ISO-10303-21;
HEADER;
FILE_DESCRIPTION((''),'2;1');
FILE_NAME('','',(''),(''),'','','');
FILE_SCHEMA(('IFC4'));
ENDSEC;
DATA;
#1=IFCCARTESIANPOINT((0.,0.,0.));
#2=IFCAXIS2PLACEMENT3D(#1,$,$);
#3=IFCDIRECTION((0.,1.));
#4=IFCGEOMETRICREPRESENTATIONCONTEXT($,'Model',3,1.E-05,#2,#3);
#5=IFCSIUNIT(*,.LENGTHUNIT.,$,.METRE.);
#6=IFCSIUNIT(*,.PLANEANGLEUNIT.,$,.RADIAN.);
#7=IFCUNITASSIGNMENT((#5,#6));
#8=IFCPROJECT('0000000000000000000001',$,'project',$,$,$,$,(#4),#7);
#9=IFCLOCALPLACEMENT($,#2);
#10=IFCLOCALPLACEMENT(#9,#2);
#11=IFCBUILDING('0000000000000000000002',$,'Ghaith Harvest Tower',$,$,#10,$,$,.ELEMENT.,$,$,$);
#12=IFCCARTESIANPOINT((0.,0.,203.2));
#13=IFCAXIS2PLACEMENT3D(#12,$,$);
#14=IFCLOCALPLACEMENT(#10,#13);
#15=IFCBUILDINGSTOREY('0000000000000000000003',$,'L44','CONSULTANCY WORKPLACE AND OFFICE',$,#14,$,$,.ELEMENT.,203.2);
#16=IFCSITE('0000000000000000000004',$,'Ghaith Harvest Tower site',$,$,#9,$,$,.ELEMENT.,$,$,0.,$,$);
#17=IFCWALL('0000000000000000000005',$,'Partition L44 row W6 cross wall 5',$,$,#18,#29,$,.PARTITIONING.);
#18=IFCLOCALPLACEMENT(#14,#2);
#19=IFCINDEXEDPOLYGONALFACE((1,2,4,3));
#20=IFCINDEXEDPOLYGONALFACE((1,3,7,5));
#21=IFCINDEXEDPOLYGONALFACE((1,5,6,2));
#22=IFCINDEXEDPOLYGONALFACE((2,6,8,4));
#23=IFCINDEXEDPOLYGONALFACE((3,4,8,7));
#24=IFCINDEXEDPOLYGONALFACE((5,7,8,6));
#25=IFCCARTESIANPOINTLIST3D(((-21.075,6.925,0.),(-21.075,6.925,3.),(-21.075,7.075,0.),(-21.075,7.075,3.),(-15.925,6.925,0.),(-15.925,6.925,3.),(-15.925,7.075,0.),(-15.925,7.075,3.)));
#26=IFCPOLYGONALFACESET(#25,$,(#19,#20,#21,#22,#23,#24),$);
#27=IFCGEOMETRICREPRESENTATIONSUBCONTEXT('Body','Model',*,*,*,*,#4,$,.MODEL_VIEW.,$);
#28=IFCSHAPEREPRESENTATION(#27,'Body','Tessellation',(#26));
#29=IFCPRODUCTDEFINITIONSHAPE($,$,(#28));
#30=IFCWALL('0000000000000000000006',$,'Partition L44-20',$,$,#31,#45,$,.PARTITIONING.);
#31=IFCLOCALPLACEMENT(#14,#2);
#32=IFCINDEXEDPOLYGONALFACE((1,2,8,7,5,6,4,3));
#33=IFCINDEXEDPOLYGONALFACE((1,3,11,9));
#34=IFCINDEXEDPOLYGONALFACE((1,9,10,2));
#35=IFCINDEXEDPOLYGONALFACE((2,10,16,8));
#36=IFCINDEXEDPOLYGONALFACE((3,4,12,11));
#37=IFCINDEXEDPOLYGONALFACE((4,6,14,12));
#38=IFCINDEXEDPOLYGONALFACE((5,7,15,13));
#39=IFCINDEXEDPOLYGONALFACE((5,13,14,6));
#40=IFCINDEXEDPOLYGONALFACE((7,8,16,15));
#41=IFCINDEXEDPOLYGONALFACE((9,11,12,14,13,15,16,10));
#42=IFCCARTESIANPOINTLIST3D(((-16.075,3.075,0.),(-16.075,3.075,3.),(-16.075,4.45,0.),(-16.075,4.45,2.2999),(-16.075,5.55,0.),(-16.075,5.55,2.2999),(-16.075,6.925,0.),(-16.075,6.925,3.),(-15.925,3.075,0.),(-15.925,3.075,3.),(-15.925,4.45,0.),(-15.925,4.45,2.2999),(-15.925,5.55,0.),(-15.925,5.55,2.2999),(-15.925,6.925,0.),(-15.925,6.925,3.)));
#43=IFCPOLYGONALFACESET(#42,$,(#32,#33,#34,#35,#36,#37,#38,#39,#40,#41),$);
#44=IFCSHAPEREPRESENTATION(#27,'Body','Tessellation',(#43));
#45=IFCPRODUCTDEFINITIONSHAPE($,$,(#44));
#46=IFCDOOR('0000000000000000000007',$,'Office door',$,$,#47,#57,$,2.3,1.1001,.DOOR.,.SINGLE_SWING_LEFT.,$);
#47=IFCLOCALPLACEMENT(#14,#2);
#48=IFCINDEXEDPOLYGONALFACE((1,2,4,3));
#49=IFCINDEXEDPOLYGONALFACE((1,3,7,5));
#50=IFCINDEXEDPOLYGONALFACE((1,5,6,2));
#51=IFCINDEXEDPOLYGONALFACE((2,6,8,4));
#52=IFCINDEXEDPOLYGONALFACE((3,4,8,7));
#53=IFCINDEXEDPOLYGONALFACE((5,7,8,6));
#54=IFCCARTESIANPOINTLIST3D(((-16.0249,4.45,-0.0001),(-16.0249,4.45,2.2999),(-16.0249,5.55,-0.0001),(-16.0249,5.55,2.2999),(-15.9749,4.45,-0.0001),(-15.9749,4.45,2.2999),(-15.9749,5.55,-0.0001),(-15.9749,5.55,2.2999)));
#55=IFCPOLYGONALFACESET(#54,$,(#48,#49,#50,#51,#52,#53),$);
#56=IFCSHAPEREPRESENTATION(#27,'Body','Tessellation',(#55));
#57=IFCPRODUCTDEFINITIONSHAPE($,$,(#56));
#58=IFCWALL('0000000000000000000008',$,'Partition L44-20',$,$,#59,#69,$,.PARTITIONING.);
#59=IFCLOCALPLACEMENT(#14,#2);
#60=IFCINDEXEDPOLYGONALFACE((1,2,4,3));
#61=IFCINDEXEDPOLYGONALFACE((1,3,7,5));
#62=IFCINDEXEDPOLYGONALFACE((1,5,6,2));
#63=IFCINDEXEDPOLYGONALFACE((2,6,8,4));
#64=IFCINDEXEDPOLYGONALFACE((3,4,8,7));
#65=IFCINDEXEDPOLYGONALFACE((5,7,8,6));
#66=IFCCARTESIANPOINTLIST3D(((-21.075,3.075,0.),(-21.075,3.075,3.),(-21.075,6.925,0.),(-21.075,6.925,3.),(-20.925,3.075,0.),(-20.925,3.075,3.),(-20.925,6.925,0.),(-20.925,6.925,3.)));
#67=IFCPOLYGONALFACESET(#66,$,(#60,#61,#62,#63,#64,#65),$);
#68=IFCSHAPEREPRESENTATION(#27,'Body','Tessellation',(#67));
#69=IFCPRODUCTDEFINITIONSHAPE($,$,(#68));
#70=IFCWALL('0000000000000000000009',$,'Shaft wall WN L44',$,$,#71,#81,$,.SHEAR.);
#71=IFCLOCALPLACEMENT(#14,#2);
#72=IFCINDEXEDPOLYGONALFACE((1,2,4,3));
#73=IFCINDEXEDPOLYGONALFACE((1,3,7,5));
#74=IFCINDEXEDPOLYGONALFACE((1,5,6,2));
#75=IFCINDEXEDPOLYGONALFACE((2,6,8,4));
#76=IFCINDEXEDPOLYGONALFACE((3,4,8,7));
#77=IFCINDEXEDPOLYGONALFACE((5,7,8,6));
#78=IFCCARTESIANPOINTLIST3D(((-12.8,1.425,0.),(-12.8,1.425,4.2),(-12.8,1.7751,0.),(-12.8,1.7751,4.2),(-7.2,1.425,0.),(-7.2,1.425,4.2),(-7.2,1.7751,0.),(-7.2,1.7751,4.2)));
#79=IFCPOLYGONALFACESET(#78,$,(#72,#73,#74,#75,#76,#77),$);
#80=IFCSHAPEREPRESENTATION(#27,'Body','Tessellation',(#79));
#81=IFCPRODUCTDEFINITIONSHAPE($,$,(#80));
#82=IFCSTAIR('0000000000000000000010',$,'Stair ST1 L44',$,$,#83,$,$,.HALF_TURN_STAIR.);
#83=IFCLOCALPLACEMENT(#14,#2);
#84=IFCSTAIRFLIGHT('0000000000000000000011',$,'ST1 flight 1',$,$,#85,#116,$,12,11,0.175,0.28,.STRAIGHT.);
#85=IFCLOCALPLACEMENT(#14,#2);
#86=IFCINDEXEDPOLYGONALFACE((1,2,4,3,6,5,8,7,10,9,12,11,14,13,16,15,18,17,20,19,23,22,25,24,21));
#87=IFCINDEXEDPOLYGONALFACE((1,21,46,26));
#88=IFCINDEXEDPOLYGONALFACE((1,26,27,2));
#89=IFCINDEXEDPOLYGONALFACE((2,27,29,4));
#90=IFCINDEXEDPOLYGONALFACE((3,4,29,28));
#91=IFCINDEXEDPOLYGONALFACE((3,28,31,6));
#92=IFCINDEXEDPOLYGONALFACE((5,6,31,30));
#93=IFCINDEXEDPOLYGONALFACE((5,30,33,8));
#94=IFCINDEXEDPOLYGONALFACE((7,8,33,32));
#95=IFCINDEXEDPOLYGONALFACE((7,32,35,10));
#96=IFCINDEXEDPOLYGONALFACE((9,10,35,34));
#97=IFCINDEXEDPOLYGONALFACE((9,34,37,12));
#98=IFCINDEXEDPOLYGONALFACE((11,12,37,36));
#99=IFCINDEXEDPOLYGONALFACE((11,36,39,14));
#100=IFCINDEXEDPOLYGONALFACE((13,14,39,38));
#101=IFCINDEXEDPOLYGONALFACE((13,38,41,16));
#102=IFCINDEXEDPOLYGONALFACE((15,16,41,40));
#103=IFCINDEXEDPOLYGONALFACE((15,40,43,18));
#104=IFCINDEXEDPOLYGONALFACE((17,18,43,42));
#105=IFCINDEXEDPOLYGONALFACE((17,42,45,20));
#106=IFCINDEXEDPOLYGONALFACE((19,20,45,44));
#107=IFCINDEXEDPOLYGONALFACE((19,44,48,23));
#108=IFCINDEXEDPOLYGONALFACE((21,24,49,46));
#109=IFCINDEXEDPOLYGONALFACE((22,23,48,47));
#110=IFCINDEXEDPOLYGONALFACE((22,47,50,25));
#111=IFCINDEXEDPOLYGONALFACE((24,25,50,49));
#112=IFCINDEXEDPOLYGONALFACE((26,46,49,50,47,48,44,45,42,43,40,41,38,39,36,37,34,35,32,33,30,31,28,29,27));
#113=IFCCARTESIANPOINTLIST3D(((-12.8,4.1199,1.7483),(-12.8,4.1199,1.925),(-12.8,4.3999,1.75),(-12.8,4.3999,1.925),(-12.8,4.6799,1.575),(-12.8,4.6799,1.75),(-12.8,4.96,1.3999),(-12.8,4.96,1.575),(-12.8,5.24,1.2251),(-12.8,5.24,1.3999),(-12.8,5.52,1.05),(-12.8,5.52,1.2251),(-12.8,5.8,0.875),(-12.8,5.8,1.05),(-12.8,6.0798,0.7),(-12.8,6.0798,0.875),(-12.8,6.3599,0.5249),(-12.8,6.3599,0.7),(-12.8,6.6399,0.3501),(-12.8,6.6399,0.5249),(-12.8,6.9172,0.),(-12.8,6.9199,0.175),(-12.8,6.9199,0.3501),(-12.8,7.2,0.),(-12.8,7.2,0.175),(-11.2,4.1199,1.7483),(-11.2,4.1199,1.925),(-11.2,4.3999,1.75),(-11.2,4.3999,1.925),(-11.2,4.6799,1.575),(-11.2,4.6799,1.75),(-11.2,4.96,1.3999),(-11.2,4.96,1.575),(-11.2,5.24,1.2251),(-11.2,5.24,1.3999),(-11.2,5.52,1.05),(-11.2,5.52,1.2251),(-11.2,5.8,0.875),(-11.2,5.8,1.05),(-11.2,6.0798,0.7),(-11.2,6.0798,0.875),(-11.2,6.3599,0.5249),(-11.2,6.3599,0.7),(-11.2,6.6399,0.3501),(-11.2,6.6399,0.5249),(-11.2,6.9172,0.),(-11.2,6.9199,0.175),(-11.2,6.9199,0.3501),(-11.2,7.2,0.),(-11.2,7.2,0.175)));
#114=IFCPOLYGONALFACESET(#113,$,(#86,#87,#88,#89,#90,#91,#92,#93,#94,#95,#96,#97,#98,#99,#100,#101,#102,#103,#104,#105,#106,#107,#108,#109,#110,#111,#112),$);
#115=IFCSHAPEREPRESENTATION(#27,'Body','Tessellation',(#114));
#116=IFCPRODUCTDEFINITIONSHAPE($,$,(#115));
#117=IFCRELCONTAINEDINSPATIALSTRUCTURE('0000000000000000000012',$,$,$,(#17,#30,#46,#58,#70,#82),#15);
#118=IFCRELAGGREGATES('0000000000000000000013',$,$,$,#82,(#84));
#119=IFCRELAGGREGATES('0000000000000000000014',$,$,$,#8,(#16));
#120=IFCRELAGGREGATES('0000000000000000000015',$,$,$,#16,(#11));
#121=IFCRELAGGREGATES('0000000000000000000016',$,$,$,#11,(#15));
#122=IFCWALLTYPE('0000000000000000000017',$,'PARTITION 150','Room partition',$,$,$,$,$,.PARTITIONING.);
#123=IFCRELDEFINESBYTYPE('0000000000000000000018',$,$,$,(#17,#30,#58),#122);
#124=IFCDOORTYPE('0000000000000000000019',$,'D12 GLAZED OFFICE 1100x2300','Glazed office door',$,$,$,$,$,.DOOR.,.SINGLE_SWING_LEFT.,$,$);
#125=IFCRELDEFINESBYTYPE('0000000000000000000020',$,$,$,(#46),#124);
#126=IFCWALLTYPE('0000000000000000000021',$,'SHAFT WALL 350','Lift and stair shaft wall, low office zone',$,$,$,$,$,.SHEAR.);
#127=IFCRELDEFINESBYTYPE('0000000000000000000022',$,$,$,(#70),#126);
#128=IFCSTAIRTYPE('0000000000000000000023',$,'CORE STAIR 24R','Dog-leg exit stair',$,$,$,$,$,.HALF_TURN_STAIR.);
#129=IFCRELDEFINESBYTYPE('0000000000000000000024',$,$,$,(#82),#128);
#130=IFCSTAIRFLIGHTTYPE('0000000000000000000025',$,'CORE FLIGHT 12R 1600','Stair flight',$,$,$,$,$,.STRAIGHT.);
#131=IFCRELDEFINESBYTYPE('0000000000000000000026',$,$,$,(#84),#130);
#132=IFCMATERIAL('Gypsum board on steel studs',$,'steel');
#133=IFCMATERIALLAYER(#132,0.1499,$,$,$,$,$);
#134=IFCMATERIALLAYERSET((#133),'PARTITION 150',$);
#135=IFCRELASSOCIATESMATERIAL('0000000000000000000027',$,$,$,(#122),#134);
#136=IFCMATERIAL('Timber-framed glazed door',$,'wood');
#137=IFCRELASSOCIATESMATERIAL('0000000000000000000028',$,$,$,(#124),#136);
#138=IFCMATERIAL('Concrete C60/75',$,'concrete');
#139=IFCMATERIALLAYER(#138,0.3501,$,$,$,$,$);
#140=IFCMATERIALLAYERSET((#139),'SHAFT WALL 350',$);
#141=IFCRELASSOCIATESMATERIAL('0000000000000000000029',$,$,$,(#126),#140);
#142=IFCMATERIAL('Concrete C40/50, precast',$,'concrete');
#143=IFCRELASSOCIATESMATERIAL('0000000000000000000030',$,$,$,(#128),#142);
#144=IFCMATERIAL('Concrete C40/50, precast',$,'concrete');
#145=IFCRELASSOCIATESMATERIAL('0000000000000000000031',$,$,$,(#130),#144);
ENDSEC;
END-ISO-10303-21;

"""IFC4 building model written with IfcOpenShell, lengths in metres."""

from ifc_helpers import new_model, si_unit, direction, frame, frame_2d, origin, place, context, subcontext, project, spatial, polyline, rectangle, outline, extrude, material, layer, layer_set, type_object, element, fill, aggregate, save


model = new_model("IFC4")

# Units and contexts
model_context = context("Model", 3, precision=1e-05, world=origin(), true_north=direction((0.0, 1.0)))
body_context = subcontext(model_context, "Body", "Model", "MODEL_VIEW")
ifc_project = project(units=[si_unit("LENGTHUNIT", "METRE"), si_unit("PLANEANGLEUNIT", "RADIAN")], contexts=[model_context])

# Site, building, storey
site_placement = place(None, origin())
site = spatial("IfcSite", under=ifc_project, at=site_placement, Name="Ghaith Harvest Tower site", CompositionType="ELEMENT", RefElevation=0.0)
building_placement = place(site_placement, origin())
building = spatial("IfcBuilding", under=site, at=building_placement, Name="Ghaith Harvest Tower", CompositionType="ELEMENT")
storey_placement = place(building_placement, frame((0.0, 0.0, 203.2)))
storey = spatial("IfcBuildingStorey", under=building, at=storey_placement, Name="L44", Description="CONSULTANCY WORKPLACE AND OFFICE", CompositionType="ELEMENT", Elevation=203.2)

# Wall
ifc_material_1 = material(Name="Gypsum board on steel studs", Category="steel")
ifc_layer_1 = layer(ifc_material_1, 0.1499)
ifc_layer_set_1 = layer_set([ifc_layer_1], Name="PARTITION 150")
wall_type_1 = type_object("IfcWallType", Name="PARTITION 150", Description="Room partition", PredefinedType="PARTITIONING", material=ifc_layer_set_1)
for number, where, z_axis, x_axis, name in (
    (1, (-15.925, 7.0, 0.0), (0.0, 0.0, 1.0), (-1.0, 0.0, 0.0), "Partition L44 row W6 cross wall 5"),
):
    element("IfcWall", number, at=place(storey_placement, frame(where, z_axis=z_axis, x_axis=x_axis)), inside=storey, type_object=wall_type_1, Name=name, PredefinedType="PARTITIONING", context=body_context, shape_type="SweptSolid", body=[
        extrude(rectangle(XDim=5.1499, YDim=0.1499, at=frame_2d((2.575, 0.0))), origin(), (0.0, 0.0, 1.0), 3.0),
    ])

# Wall, opening, door
wall_1_placement = place(storey_placement, frame((-16.0, 3.075, 0.0), z_axis=(0.0, 0.0, 1.0), x_axis=(0.0, 1.0, 0.0)))
wall_1 = element("IfcWall", 2, at=wall_1_placement, inside=storey, type_object=wall_type_1, Name="Partition L44-20", PredefinedType="PARTITIONING", context=body_context, shape_type="SweptSolid", body=[
    extrude(rectangle(XDim=3.8501, YDim=0.1499, at=frame_2d((1.925, 0.0))), origin(), (0.0, 0.0, 1.0), 3.0),
])
opening_placement = place(wall_1_placement, frame((1.375, 0.0, 0.0)))
opening = element("IfcOpeningElement", 3, at=opening_placement, cuts=wall_1, PredefinedType="OPENING", context=body_context, shape_type="SweptSolid", body=[
    extrude(rectangle(XDim=1.1001, YDim=2.3, at=frame_2d((0.55, 1.1499))), frame((0.0, 0.085, 0.0), z_axis=(0.0, -1.0, 0.0), x_axis=(1.0, 0.0, 0.0)), (0.0, 0.0, 1.0), 0.1699),
])
ifc_material_2 = material(Name="Timber-framed glazed door", Category="wood")
door_type = type_object("IfcDoorType", Name="D12 GLAZED OFFICE 1100x2300", Description="Glazed office door", OperationType="SINGLE_SWING_LEFT", PredefinedType="DOOR", material=ifc_material_2)
door_placement = place(opening_placement, origin())
door = element("IfcDoor", 4, at=door_placement, inside=storey, type_object=door_type, Name="Office door", OperationType="SINGLE_SWING_LEFT", OverallHeight=2.3, OverallWidth=1.1001, PredefinedType="DOOR", context=body_context, shape_type="SweptSolid", body=[
    extrude(rectangle(XDim=1.1001, YDim=2.3, at=frame_2d((0.55, 1.1499))), frame((0.0, 0.0249, 0.0), z_axis=(0.0, -1.0, 0.0), x_axis=(1.0, 0.0, 0.0)), (0.0, 0.0, 1.0), 0.05),
])
fill(opening, door)

# Walls
wall_2_placement = place(storey_placement, frame((-21.0, 3.075, 0.0), z_axis=(0.0, 0.0, 1.0), x_axis=(0.0, 1.0, 0.0)))
element("IfcWall", 5, at=wall_2_placement, inside=storey, type_object=wall_type_1, Name="Partition L44-20", PredefinedType="PARTITIONING", context=body_context, shape_type="SweptSolid", body=[
    extrude(rectangle(XDim=3.8501, YDim=0.1499, at=frame_2d((1.925, 0.0))), origin(), (0.0, 0.0, 1.0), 3.0),
])
ifc_material_3 = material(Name="Concrete C60/75", Category="concrete")
ifc_layer_2 = layer(ifc_material_3, 0.3501)
ifc_layer_set_2 = layer_set([ifc_layer_2], Name="SHAFT WALL 350")
wall_type_2 = type_object("IfcWallType", Name="SHAFT WALL 350", Description="Lift and stair shaft wall, low office zone", PredefinedType="SHEAR", material=ifc_layer_set_2)
wall_3_placement = place(storey_placement, frame((-12.8, 1.6001, 0.0), z_axis=(0.0, 0.0, 1.0), x_axis=(1.0, 0.0, 0.0)))
element("IfcWall", 6, at=wall_3_placement, inside=storey, type_object=wall_type_2, Name="Shaft wall WN L44", PredefinedType="SHEAR", context=body_context, shape_type="SweptSolid", body=[
    extrude(rectangle(XDim=5.6001, YDim=0.3501, at=frame_2d((2.8, 0.0))), origin(), (0.0, 0.0, 1.0), 4.2),
])

# Stair, stair flight
ifc_material_4 = material(Name="Concrete C40/50, precast", Category="concrete")
stair_type = type_object("IfcStairType", Name="CORE STAIR 24R", Description="Dog-leg exit stair", PredefinedType="HALF_TURN_STAIR", material=ifc_material_4)
stair_placement = place(storey_placement, origin())
stair = element("IfcStair", 7, at=stair_placement, inside=storey, type_object=stair_type, Name="Stair ST1 L44", PredefinedType="HALF_TURN_STAIR")
ifc_material_5 = material(Name="Concrete C40/50, precast", Category="concrete")
stair_flight_type = type_object("IfcStairFlightType", Name="CORE FLIGHT 12R 1600", Description="Stair flight", PredefinedType="STRAIGHT", material=ifc_material_5)
stair_flight_placement = place(storey_placement, frame((-12.0, 7.2, 0.0), z_axis=(0.0, 0.0, 1.0), x_axis=(0.0, -1.0, 0.0)))
stair_flight = element("IfcStairFlight", 8, at=stair_flight_placement, type_object=stair_flight_type, Name="ST1 flight 1", NumberOfRisers=12, NumberOfTreads=11, PredefinedType="STRAIGHT", RiserHeight=0.175, TreadLength=0.28, context=body_context, shape_type="SweptSolid", body=[
    extrude(outline(polyline([(0.0, 0.0), (0.0, 0.175), (0.28, 0.175), (0.28, 0.3501), (0.5601, 0.3501), (0.5601, 0.5249), (0.8401, 0.5249), (0.8401, 0.7), (1.1201, 0.7), (1.1201, 0.875), (1.3999, 0.875), (1.3999, 1.05), (1.6799, 1.05), (1.6799, 1.2251), (1.96, 1.2251), (1.96, 1.3999), (2.24, 1.3999), (2.24, 1.575), (2.52, 1.575), (2.52, 1.75), (2.8, 1.75), (2.8, 1.925), (3.0801, 1.925), (3.0801, 2.1001), (3.0801, 1.7483), (0.2827, 0.0), (0.0, 0.0)])), frame((0.0, 0.8, 0.0), z_axis=(0.0, -1.0, 0.0), x_axis=(1.0, 0.0, 0.0)), (0.0, 0.0, 1.0), 1.6001),
])
aggregate(stair, [stair_flight])

save(model, "model.ifc")
